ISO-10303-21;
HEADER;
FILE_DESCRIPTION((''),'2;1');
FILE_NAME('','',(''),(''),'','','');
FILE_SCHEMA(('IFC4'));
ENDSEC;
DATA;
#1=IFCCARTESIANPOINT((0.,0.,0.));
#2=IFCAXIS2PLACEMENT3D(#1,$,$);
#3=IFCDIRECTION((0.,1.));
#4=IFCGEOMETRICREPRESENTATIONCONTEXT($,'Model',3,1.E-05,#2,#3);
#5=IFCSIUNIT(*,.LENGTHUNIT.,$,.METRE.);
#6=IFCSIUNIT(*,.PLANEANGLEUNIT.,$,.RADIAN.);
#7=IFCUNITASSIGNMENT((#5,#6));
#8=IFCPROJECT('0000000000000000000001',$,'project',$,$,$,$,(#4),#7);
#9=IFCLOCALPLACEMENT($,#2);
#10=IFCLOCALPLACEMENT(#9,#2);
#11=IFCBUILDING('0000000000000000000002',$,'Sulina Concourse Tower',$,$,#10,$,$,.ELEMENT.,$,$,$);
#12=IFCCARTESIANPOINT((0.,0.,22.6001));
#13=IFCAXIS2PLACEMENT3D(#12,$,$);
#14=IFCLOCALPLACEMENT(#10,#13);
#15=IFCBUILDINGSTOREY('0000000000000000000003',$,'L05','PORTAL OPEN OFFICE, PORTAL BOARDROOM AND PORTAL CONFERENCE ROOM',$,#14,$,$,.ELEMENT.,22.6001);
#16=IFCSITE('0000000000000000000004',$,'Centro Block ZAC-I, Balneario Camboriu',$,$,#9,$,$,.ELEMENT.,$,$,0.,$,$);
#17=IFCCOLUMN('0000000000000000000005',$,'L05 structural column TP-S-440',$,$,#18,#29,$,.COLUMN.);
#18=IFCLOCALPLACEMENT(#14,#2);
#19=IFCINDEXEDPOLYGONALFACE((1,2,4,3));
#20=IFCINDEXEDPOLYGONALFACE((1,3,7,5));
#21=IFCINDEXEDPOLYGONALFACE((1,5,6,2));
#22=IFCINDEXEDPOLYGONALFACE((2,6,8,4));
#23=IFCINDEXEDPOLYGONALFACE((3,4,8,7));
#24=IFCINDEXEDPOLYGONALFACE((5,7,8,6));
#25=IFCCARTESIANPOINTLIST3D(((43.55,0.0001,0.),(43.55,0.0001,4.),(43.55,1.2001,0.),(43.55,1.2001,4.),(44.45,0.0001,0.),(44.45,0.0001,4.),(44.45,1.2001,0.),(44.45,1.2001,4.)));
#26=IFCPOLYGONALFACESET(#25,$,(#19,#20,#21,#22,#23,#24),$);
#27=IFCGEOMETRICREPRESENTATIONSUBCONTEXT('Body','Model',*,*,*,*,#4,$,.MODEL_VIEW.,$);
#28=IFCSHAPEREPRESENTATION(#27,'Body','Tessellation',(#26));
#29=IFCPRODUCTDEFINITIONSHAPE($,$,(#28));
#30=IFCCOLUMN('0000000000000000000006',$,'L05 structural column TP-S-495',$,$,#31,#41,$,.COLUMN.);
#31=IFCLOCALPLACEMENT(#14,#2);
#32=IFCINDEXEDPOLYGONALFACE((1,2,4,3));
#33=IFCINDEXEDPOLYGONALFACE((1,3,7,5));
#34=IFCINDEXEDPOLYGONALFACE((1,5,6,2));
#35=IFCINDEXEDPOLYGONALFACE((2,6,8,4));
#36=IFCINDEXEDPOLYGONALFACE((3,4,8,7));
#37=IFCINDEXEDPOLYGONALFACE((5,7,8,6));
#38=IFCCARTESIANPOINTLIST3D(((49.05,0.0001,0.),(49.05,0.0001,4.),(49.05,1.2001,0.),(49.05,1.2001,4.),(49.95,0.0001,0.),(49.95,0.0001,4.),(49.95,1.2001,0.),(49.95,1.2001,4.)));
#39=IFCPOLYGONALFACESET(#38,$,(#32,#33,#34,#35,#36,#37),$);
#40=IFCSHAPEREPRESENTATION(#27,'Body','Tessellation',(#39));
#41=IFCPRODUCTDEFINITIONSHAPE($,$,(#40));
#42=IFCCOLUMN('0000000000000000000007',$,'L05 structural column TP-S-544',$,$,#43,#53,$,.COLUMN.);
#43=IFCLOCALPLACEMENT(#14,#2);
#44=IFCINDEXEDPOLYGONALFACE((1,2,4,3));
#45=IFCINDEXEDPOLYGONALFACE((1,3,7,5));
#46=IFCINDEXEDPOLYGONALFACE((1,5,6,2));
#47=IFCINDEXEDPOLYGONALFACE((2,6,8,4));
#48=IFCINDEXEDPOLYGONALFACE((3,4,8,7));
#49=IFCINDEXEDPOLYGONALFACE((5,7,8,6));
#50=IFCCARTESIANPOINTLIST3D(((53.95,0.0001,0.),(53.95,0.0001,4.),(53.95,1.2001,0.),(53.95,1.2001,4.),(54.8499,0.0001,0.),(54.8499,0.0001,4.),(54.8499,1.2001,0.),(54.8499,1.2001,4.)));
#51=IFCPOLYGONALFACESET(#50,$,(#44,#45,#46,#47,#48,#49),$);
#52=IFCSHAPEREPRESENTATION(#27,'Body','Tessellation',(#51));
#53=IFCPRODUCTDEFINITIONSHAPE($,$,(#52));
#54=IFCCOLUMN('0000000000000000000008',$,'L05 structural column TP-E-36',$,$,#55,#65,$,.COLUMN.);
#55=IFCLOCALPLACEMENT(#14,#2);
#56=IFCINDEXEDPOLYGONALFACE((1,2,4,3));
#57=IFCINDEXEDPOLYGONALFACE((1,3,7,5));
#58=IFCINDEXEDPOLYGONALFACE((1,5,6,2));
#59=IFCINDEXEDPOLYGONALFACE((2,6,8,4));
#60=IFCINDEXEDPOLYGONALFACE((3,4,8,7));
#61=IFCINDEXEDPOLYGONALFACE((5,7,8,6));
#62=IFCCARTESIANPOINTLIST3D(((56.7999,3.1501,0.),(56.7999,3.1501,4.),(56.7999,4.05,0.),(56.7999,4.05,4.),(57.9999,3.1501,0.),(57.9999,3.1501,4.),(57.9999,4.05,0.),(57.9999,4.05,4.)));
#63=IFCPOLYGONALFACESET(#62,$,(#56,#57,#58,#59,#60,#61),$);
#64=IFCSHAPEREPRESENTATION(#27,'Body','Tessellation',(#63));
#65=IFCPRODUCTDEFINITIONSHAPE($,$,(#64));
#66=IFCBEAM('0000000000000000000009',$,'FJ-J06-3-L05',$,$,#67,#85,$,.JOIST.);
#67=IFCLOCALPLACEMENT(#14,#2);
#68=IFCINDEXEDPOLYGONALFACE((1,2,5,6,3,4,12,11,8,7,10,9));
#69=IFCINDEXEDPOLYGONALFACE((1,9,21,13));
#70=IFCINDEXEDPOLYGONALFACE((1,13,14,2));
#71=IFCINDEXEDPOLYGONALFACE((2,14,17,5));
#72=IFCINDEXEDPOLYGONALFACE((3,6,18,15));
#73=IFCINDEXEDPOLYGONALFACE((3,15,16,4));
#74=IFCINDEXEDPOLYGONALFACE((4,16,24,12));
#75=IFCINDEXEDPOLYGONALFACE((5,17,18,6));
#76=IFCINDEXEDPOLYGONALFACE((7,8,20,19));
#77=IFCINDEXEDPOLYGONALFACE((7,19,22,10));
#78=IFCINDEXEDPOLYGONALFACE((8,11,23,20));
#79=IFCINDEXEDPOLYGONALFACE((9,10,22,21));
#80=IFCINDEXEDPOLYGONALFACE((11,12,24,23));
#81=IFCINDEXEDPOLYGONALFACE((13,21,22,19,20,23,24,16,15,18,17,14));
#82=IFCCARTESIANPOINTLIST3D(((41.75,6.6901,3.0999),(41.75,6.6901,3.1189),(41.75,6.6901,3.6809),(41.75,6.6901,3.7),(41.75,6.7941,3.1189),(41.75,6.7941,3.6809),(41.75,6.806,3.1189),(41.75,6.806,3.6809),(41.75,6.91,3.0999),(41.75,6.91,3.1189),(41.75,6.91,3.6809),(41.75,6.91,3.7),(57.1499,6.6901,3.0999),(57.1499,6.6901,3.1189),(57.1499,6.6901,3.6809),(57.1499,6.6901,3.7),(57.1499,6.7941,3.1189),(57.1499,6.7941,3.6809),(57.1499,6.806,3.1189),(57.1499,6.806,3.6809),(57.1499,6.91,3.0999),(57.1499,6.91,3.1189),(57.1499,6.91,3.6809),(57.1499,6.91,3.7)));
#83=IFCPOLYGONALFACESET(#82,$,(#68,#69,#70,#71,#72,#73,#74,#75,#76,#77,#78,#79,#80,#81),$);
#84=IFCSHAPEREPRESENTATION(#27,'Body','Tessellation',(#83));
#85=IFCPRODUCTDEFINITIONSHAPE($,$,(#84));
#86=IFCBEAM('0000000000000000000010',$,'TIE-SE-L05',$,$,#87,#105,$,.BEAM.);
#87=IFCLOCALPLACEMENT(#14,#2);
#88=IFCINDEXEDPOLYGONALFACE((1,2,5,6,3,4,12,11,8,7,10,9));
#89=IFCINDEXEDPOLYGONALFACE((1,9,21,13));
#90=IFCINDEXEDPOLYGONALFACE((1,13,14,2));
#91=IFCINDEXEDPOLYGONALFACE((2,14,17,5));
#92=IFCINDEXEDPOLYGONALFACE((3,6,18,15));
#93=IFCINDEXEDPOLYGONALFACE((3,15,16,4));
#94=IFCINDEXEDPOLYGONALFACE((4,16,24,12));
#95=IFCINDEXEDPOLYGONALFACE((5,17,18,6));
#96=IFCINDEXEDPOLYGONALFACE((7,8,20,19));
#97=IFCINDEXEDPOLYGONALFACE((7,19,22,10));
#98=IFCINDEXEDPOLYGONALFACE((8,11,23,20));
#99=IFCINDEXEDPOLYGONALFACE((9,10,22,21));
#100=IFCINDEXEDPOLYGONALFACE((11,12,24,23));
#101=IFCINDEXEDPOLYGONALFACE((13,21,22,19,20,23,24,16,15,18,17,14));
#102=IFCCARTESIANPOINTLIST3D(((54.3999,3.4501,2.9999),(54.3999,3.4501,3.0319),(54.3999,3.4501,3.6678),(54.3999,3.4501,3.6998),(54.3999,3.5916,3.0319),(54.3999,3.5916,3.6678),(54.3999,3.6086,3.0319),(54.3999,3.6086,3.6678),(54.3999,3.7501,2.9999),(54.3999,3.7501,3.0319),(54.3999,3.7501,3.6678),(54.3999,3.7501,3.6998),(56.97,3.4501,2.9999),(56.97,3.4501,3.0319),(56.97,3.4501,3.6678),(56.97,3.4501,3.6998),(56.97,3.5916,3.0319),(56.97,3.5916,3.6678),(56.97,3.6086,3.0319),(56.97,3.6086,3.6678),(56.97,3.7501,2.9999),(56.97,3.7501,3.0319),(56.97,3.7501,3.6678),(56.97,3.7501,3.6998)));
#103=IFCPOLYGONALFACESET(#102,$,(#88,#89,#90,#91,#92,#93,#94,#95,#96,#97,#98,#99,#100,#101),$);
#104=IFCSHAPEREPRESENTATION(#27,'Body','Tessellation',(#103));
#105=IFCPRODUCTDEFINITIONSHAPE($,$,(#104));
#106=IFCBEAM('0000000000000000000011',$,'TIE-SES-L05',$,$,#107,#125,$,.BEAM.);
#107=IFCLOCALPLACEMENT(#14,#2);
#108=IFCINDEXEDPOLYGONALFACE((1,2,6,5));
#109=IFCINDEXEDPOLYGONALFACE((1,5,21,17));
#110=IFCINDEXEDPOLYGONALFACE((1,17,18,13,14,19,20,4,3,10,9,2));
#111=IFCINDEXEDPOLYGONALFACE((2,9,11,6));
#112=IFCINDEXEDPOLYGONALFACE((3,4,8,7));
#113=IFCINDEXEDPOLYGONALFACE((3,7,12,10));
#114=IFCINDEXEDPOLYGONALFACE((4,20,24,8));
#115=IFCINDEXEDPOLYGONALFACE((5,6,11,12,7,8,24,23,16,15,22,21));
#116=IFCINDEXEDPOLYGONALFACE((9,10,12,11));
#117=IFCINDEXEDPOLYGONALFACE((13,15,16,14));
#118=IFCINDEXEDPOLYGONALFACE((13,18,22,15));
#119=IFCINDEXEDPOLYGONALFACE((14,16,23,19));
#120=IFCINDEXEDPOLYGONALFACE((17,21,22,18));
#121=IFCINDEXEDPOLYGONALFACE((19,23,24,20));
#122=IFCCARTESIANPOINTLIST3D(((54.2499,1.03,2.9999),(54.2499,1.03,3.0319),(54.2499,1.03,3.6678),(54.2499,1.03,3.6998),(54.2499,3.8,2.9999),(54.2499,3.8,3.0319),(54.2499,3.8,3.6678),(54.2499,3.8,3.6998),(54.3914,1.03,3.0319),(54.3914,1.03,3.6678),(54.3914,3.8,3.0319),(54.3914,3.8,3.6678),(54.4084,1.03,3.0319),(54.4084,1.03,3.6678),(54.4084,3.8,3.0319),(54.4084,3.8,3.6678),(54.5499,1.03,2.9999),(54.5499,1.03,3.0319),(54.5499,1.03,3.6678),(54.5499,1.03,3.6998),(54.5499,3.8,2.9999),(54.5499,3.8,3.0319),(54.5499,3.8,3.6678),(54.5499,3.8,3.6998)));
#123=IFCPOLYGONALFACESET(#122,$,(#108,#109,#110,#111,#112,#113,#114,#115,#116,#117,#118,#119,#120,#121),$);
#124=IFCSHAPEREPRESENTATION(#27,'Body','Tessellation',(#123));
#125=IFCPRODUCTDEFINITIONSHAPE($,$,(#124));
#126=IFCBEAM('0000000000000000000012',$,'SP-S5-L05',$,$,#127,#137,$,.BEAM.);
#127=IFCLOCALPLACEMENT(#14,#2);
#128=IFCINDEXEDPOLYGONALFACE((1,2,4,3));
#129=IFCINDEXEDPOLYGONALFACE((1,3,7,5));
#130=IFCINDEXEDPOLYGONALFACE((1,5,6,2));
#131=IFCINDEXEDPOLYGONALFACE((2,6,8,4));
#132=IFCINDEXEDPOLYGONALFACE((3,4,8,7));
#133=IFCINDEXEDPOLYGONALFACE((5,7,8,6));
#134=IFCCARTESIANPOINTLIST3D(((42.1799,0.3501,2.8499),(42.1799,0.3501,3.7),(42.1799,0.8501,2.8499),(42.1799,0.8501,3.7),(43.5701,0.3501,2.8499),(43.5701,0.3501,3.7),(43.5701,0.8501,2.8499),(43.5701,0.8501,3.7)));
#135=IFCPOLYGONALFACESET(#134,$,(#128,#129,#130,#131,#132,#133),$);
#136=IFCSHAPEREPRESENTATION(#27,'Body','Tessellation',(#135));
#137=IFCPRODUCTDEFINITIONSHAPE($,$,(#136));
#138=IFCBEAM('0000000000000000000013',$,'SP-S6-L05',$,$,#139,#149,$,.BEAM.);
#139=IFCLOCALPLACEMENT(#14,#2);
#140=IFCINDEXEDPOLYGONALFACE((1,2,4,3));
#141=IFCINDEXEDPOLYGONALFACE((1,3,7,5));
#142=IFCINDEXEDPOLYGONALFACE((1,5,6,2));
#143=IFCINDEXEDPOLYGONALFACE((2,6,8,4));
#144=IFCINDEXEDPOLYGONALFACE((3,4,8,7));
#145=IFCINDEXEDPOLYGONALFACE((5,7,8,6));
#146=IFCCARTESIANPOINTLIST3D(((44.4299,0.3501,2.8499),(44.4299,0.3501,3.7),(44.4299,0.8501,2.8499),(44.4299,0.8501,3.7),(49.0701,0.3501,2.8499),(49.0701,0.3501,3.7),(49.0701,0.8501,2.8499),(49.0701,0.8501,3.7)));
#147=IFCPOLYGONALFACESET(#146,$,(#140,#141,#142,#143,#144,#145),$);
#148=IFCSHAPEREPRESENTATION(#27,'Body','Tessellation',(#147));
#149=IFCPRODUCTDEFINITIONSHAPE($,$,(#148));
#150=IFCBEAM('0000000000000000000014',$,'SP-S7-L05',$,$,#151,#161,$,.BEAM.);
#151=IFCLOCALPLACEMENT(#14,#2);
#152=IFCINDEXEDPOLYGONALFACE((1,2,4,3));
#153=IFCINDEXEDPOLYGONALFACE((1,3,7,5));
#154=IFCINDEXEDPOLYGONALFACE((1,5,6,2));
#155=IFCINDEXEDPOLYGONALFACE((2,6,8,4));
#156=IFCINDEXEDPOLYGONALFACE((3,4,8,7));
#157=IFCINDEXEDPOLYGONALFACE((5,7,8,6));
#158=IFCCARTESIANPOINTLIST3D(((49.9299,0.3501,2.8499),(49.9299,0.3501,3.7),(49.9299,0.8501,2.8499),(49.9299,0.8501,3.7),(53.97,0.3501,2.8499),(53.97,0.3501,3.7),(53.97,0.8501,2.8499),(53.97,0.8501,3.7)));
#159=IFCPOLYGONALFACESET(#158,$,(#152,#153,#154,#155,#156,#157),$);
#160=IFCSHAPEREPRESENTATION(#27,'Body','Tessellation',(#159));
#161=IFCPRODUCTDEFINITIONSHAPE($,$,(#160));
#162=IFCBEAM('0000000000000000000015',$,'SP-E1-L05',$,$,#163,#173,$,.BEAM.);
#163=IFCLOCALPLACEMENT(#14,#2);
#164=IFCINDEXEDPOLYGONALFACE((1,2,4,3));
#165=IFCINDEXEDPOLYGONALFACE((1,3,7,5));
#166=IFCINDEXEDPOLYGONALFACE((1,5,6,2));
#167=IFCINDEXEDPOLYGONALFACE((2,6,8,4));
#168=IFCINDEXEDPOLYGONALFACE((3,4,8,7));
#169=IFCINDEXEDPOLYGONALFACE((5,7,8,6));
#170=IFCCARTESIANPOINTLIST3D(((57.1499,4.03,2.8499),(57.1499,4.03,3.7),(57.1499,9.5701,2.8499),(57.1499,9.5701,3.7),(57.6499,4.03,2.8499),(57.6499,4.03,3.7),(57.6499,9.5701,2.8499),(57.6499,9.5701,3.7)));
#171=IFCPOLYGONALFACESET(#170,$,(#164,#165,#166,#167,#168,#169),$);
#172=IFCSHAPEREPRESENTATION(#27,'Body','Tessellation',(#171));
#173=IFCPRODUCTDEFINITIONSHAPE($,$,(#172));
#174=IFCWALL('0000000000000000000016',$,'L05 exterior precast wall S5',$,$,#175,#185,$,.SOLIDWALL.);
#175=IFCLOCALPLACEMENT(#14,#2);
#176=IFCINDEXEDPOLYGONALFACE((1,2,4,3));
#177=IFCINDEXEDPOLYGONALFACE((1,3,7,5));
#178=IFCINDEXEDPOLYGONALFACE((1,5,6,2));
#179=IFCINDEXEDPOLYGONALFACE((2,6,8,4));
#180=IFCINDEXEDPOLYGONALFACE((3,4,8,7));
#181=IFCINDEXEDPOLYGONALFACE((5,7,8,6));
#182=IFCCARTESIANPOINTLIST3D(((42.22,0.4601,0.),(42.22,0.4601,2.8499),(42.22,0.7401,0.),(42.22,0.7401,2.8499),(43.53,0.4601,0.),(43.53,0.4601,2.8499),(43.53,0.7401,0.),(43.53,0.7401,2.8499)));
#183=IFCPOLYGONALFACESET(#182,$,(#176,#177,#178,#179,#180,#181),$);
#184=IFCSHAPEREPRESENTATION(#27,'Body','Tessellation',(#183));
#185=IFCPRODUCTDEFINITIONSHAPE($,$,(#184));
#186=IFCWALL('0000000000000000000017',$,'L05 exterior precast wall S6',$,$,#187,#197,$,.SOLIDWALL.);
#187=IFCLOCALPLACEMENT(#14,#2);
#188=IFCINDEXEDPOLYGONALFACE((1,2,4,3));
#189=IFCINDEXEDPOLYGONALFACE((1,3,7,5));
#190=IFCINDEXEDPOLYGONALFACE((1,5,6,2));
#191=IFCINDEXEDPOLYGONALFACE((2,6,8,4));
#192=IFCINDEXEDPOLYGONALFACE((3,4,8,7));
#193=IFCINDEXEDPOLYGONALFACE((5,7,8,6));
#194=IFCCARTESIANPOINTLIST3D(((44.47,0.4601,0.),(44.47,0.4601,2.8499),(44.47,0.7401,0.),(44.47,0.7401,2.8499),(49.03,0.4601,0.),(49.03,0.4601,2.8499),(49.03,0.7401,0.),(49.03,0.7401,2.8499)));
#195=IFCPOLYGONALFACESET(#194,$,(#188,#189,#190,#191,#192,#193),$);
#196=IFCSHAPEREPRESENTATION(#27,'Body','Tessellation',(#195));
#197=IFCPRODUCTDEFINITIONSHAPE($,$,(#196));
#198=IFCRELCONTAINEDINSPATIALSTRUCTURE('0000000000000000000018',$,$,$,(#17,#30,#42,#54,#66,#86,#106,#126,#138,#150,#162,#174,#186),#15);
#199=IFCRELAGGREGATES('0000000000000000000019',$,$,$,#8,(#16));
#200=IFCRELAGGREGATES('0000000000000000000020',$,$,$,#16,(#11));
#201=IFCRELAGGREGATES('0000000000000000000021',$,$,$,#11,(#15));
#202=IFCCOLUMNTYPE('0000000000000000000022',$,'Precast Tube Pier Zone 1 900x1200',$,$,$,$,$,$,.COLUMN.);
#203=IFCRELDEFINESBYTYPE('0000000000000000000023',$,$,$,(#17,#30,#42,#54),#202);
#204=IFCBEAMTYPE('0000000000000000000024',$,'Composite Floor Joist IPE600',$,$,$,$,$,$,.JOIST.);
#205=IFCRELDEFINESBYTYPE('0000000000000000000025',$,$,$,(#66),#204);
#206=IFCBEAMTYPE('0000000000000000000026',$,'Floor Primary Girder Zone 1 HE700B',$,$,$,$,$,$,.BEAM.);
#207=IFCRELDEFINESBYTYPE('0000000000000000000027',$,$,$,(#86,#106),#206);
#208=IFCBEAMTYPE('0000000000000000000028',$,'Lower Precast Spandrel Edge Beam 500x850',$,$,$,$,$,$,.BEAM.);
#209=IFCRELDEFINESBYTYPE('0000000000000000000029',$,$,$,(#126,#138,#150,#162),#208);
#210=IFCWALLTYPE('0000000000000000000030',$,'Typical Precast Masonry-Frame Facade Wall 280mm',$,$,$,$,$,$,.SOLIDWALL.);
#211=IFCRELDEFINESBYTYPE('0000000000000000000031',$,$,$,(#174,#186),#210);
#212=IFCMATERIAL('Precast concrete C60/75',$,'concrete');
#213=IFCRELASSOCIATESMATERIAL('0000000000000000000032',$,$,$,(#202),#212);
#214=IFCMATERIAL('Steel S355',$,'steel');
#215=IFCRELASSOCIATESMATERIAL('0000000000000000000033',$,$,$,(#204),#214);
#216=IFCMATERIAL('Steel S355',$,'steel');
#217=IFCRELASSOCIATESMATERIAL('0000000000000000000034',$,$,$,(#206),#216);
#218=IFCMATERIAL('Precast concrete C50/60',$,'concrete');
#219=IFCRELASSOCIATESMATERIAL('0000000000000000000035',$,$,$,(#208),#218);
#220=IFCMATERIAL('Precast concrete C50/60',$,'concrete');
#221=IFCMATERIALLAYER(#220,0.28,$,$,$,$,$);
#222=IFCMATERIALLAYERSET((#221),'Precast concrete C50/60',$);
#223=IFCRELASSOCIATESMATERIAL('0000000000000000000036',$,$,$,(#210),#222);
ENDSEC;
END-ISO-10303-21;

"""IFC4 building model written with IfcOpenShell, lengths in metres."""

from ifc_helpers import new_model, si_unit, direction, frame, frame_2d, origin, origin_2d, place, context, subcontext, project, spatial, rectangle, i_section, extrude, material, layer, layer_set, material_profile, profile_set, type_object, element, save


model = new_model("IFC4")

# Units and contexts
model_context = context("Model", 3, precision=1e-05, world=origin(), true_north=direction((0.0, 1.0)))
body_context = subcontext(model_context, "Body", "Model", "MODEL_VIEW")
ifc_project = project(units=[si_unit("LENGTHUNIT", "METRE"), si_unit("PLANEANGLEUNIT", "RADIAN")], contexts=[model_context])

# Site, building, storey
site_placement = place(None, origin())
site = spatial("IfcSite", under=ifc_project, at=site_placement, Name="Centro Block ZAC-I, Balneario Camboriu", CompositionType="ELEMENT", RefElevation=0.0)
building_placement = place(site_placement, origin())
building = spatial("IfcBuilding", under=site, at=building_placement, Name="Sulina Concourse Tower", CompositionType="ELEMENT")
storey_placement = place(building_placement, frame((0.0, 0.0, 22.6001)))
storey = spatial("IfcBuildingStorey", under=building, at=storey_placement, Name="L05", Description="PORTAL OPEN OFFICE, PORTAL BOARDROOM AND PORTAL CONFERENCE ROOM", CompositionType="ELEMENT", Elevation=22.6001)

# Columns
ifc_material_1 = material(Name="Precast concrete C60/75", Category="concrete")
ifc_material_profile_1 = material_profile(ifc_material_1, rectangle(XDim=0.8999, YDim=1.2, at=origin_2d()), Name="PC 900x1200")
ifc_profile_set_1 = profile_set([ifc_material_profile_1], Name="Precast concrete C60/75")
column_type = type_object("IfcColumnType", Name="Precast Tube Pier Zone 1 900x1200", PredefinedType="COLUMN", material=ifc_profile_set_1)
for number, where, z_axis, x_axis, name in (
    (1, (44.0, 0.6001, 0.0), (0.0, 0.0, 1.0), (1.0, 0.0, 0.0), "L05 structural column TP-S-440"),
    (2, (49.5, 0.6001, 0.0), (0.0, 0.0, 1.0), (1.0, 0.0, 0.0), "L05 structural column TP-S-495"),
    (3, (54.3999, 0.6001, 0.0), (0.0, 0.0, 1.0), (1.0, 0.0, 0.0), "L05 structural column TP-S-544"),
    (4, (57.3999, 3.6001, 0.0), (0.0, 0.0, 1.0), (0.0, 1.0, 0.0), "L05 structural column TP-E-36"),
):
    element("IfcColumn", number, at=place(storey_placement, frame(where, z_axis=z_axis, x_axis=x_axis)), inside=storey, type_object=column_type, Name=name, PredefinedType="COLUMN", context=body_context, shape_type="SweptSolid", body=[
        extrude(rectangle(XDim=0.8999, YDim=1.2, at=origin_2d()), origin(), (0.0, 0.0, 1.0), 4.0),
    ])

# Beams
ifc_material_2 = material(Name="Steel S355", Category="steel")
ifc_material_profile_2 = material_profile(ifc_material_2, i_section(OverallWidth=0.22, OverallDepth=0.6001, WebThickness=0.012, FlangeThickness=0.019, at=origin_2d()), Name="IPE 600")
ifc_profile_set_2 = profile_set([ifc_material_profile_2], Name="Steel S355")
beam_type_1 = type_object("IfcBeamType", Name="Composite Floor Joist IPE600", PredefinedType="JOIST", material=ifc_profile_set_2)
beam_1_placement = place(storey_placement, frame((41.75, 6.8, 3.3999), z_axis=(1.0, 0.0, 0.0), x_axis=(0.0, 1.0, 0.0)))
element("IfcBeam", 5, at=beam_1_placement, inside=storey, type_object=beam_type_1, Name="FJ-J06-3-L05", PredefinedType="JOIST", context=body_context, shape_type="SweptSolid", body=[
    extrude(i_section(OverallWidth=0.22, OverallDepth=0.6001, WebThickness=0.012, FlangeThickness=0.019, at=origin_2d()), origin(), (0.0, 0.0, 1.0), 15.3999),
])
ifc_material_3 = material(Name="Steel S355", Category="steel")
ifc_material_profile_3 = material_profile(ifc_material_3, i_section(OverallWidth=0.3, OverallDepth=0.7, WebThickness=0.0171, FlangeThickness=0.032, at=origin_2d()), Name="HE 700 B")
ifc_profile_set_3 = profile_set([ifc_material_profile_3], Name="Steel S355")
beam_type_2 = type_object("IfcBeamType", Name="Floor Primary Girder Zone 1 HE700B", PredefinedType="BEAM", material=ifc_profile_set_3)
beam_2_placement = place(storey_placement, frame((54.3999, 3.6001, 3.3499), z_axis=(1.0, 0.0, 0.0), x_axis=(0.0, 1.0, 0.0)))
element("IfcBeam", 6, at=beam_2_placement, inside=storey, type_object=beam_type_2, Name="TIE-SE-L05", PredefinedType="BEAM", context=body_context, shape_type="SweptSolid", body=[
    extrude(i_section(OverallWidth=0.3, OverallDepth=0.7, WebThickness=0.0171, FlangeThickness=0.032, at=origin_2d()), origin(), (0.0, 0.0, 1.0), 2.5701),
])
beam_3_placement = place(storey_placement, frame((54.3999, 1.03, 3.3499), z_axis=(0.0, 1.0, 0.0), x_axis=(-1.0, 0.0, 0.0)))
element("IfcBeam", 7, at=beam_3_placement, inside=storey, type_object=beam_type_2, Name="TIE-SES-L05", PredefinedType="BEAM", context=body_context, shape_type="SweptSolid", body=[
    extrude(i_section(OverallWidth=0.3, OverallDepth=0.7, WebThickness=0.0171, FlangeThickness=0.032, at=origin_2d()), origin(), (0.0, 0.0, 1.0), 2.77),
])
ifc_material_4 = material(Name="Precast concrete C50/60", Category="concrete")
ifc_material_profile_4 = material_profile(ifc_material_4, rectangle(XDim=0.5, YDim=0.8501, at=origin_2d()), Name="RC 500x850")
ifc_profile_set_4 = profile_set([ifc_material_profile_4], Name="Precast concrete C50/60")
beam_type_3 = type_object("IfcBeamType", Name="Lower Precast Spandrel Edge Beam 500x850", PredefinedType="BEAM", material=ifc_profile_set_4)
beam_4_placement = place(storey_placement, frame((42.1799, 0.6001, 3.2749), z_axis=(1.0, 0.0, 0.0), x_axis=(0.0, 1.0, 0.0)))
element("IfcBeam", 8, at=beam_4_placement, inside=storey, type_object=beam_type_3, Name="SP-S5-L05", PredefinedType="BEAM", context=body_context, shape_type="SweptSolid", body=[
    extrude(rectangle(XDim=0.5, YDim=0.8501, at=origin_2d()), origin(), (0.0, 0.0, 1.0), 1.3901),
])
beam_5_placement = place(storey_placement, frame((44.4299, 0.6001, 3.2749), z_axis=(1.0, 0.0, 0.0), x_axis=(0.0, 1.0, 0.0)))
element("IfcBeam", 9, at=beam_5_placement, inside=storey, type_object=beam_type_3, Name="SP-S6-L05", PredefinedType="BEAM", context=body_context, shape_type="SweptSolid", body=[
    extrude(rectangle(XDim=0.5, YDim=0.8501, at=origin_2d()), origin(), (0.0, 0.0, 1.0), 4.6401),
])
beam_6_placement = place(storey_placement, frame((49.9299, 0.6001, 3.2749), z_axis=(1.0, 0.0, 0.0), x_axis=(0.0, 1.0, 0.0)))
element("IfcBeam", 10, at=beam_6_placement, inside=storey, type_object=beam_type_3, Name="SP-S7-L05", PredefinedType="BEAM", context=body_context, shape_type="SweptSolid", body=[
    extrude(rectangle(XDim=0.5, YDim=0.8501, at=origin_2d()), origin(), (0.0, 0.0, 1.0), 4.04),
])
beam_7_placement = place(storey_placement, frame((57.3999, 4.03, 3.2749), z_axis=(0.0, 1.0, 0.0), x_axis=(-1.0, 0.0, 0.0)))
element("IfcBeam", 11, at=beam_7_placement, inside=storey, type_object=beam_type_3, Name="SP-E1-L05", PredefinedType="BEAM", context=body_context, shape_type="SweptSolid", body=[
    extrude(rectangle(XDim=0.5, YDim=0.8501, at=origin_2d()), origin(), (0.0, 0.0, 1.0), 5.54),
])

# Walls
ifc_material_5 = material(Name="Precast concrete C50/60", Category="concrete")
ifc_layer_1 = layer(ifc_material_5, 0.28)
ifc_layer_set_1 = layer_set([ifc_layer_1], Name="Precast concrete C50/60")
wall_type_1 = type_object("IfcWallType", Name="Typical Precast Masonry-Frame Facade Wall 280mm", PredefinedType="SOLIDWALL", material=ifc_layer_set_1)
wall_1_placement = place(storey_placement, frame((43.53, 0.6001, 0.0), z_axis=(0.0, 0.0, 1.0), x_axis=(-1.0, 0.0, 0.0)))
element("IfcWall", 12, at=wall_1_placement, inside=storey, type_object=wall_type_1, Name="L05 exterior precast wall S5", PredefinedType="SOLIDWALL", context=body_context, shape_type="SweptSolid", body=[
    extrude(rectangle(XDim=1.3101, YDim=0.28, at=frame_2d((0.655, 0.0))), origin(), (0.0, 0.0, 1.0), 2.8499),
])
wall_2_placement = place(storey_placement, frame((49.03, 0.6001, 0.0), z_axis=(0.0, 0.0, 1.0), x_axis=(-1.0, 0.0, 0.0)))
element("IfcWall", 13, at=wall_2_placement, inside=storey, type_object=wall_type_1, Name="L05 exterior precast wall S6", PredefinedType="SOLIDWALL", context=body_context, shape_type="SweptSolid", body=[
    extrude(rectangle(XDim=4.5601, YDim=0.28, at=frame_2d((2.28, 0.0))), origin(), (0.0, 0.0, 1.0), 2.8499),
])

save(model, "model.ifc")
